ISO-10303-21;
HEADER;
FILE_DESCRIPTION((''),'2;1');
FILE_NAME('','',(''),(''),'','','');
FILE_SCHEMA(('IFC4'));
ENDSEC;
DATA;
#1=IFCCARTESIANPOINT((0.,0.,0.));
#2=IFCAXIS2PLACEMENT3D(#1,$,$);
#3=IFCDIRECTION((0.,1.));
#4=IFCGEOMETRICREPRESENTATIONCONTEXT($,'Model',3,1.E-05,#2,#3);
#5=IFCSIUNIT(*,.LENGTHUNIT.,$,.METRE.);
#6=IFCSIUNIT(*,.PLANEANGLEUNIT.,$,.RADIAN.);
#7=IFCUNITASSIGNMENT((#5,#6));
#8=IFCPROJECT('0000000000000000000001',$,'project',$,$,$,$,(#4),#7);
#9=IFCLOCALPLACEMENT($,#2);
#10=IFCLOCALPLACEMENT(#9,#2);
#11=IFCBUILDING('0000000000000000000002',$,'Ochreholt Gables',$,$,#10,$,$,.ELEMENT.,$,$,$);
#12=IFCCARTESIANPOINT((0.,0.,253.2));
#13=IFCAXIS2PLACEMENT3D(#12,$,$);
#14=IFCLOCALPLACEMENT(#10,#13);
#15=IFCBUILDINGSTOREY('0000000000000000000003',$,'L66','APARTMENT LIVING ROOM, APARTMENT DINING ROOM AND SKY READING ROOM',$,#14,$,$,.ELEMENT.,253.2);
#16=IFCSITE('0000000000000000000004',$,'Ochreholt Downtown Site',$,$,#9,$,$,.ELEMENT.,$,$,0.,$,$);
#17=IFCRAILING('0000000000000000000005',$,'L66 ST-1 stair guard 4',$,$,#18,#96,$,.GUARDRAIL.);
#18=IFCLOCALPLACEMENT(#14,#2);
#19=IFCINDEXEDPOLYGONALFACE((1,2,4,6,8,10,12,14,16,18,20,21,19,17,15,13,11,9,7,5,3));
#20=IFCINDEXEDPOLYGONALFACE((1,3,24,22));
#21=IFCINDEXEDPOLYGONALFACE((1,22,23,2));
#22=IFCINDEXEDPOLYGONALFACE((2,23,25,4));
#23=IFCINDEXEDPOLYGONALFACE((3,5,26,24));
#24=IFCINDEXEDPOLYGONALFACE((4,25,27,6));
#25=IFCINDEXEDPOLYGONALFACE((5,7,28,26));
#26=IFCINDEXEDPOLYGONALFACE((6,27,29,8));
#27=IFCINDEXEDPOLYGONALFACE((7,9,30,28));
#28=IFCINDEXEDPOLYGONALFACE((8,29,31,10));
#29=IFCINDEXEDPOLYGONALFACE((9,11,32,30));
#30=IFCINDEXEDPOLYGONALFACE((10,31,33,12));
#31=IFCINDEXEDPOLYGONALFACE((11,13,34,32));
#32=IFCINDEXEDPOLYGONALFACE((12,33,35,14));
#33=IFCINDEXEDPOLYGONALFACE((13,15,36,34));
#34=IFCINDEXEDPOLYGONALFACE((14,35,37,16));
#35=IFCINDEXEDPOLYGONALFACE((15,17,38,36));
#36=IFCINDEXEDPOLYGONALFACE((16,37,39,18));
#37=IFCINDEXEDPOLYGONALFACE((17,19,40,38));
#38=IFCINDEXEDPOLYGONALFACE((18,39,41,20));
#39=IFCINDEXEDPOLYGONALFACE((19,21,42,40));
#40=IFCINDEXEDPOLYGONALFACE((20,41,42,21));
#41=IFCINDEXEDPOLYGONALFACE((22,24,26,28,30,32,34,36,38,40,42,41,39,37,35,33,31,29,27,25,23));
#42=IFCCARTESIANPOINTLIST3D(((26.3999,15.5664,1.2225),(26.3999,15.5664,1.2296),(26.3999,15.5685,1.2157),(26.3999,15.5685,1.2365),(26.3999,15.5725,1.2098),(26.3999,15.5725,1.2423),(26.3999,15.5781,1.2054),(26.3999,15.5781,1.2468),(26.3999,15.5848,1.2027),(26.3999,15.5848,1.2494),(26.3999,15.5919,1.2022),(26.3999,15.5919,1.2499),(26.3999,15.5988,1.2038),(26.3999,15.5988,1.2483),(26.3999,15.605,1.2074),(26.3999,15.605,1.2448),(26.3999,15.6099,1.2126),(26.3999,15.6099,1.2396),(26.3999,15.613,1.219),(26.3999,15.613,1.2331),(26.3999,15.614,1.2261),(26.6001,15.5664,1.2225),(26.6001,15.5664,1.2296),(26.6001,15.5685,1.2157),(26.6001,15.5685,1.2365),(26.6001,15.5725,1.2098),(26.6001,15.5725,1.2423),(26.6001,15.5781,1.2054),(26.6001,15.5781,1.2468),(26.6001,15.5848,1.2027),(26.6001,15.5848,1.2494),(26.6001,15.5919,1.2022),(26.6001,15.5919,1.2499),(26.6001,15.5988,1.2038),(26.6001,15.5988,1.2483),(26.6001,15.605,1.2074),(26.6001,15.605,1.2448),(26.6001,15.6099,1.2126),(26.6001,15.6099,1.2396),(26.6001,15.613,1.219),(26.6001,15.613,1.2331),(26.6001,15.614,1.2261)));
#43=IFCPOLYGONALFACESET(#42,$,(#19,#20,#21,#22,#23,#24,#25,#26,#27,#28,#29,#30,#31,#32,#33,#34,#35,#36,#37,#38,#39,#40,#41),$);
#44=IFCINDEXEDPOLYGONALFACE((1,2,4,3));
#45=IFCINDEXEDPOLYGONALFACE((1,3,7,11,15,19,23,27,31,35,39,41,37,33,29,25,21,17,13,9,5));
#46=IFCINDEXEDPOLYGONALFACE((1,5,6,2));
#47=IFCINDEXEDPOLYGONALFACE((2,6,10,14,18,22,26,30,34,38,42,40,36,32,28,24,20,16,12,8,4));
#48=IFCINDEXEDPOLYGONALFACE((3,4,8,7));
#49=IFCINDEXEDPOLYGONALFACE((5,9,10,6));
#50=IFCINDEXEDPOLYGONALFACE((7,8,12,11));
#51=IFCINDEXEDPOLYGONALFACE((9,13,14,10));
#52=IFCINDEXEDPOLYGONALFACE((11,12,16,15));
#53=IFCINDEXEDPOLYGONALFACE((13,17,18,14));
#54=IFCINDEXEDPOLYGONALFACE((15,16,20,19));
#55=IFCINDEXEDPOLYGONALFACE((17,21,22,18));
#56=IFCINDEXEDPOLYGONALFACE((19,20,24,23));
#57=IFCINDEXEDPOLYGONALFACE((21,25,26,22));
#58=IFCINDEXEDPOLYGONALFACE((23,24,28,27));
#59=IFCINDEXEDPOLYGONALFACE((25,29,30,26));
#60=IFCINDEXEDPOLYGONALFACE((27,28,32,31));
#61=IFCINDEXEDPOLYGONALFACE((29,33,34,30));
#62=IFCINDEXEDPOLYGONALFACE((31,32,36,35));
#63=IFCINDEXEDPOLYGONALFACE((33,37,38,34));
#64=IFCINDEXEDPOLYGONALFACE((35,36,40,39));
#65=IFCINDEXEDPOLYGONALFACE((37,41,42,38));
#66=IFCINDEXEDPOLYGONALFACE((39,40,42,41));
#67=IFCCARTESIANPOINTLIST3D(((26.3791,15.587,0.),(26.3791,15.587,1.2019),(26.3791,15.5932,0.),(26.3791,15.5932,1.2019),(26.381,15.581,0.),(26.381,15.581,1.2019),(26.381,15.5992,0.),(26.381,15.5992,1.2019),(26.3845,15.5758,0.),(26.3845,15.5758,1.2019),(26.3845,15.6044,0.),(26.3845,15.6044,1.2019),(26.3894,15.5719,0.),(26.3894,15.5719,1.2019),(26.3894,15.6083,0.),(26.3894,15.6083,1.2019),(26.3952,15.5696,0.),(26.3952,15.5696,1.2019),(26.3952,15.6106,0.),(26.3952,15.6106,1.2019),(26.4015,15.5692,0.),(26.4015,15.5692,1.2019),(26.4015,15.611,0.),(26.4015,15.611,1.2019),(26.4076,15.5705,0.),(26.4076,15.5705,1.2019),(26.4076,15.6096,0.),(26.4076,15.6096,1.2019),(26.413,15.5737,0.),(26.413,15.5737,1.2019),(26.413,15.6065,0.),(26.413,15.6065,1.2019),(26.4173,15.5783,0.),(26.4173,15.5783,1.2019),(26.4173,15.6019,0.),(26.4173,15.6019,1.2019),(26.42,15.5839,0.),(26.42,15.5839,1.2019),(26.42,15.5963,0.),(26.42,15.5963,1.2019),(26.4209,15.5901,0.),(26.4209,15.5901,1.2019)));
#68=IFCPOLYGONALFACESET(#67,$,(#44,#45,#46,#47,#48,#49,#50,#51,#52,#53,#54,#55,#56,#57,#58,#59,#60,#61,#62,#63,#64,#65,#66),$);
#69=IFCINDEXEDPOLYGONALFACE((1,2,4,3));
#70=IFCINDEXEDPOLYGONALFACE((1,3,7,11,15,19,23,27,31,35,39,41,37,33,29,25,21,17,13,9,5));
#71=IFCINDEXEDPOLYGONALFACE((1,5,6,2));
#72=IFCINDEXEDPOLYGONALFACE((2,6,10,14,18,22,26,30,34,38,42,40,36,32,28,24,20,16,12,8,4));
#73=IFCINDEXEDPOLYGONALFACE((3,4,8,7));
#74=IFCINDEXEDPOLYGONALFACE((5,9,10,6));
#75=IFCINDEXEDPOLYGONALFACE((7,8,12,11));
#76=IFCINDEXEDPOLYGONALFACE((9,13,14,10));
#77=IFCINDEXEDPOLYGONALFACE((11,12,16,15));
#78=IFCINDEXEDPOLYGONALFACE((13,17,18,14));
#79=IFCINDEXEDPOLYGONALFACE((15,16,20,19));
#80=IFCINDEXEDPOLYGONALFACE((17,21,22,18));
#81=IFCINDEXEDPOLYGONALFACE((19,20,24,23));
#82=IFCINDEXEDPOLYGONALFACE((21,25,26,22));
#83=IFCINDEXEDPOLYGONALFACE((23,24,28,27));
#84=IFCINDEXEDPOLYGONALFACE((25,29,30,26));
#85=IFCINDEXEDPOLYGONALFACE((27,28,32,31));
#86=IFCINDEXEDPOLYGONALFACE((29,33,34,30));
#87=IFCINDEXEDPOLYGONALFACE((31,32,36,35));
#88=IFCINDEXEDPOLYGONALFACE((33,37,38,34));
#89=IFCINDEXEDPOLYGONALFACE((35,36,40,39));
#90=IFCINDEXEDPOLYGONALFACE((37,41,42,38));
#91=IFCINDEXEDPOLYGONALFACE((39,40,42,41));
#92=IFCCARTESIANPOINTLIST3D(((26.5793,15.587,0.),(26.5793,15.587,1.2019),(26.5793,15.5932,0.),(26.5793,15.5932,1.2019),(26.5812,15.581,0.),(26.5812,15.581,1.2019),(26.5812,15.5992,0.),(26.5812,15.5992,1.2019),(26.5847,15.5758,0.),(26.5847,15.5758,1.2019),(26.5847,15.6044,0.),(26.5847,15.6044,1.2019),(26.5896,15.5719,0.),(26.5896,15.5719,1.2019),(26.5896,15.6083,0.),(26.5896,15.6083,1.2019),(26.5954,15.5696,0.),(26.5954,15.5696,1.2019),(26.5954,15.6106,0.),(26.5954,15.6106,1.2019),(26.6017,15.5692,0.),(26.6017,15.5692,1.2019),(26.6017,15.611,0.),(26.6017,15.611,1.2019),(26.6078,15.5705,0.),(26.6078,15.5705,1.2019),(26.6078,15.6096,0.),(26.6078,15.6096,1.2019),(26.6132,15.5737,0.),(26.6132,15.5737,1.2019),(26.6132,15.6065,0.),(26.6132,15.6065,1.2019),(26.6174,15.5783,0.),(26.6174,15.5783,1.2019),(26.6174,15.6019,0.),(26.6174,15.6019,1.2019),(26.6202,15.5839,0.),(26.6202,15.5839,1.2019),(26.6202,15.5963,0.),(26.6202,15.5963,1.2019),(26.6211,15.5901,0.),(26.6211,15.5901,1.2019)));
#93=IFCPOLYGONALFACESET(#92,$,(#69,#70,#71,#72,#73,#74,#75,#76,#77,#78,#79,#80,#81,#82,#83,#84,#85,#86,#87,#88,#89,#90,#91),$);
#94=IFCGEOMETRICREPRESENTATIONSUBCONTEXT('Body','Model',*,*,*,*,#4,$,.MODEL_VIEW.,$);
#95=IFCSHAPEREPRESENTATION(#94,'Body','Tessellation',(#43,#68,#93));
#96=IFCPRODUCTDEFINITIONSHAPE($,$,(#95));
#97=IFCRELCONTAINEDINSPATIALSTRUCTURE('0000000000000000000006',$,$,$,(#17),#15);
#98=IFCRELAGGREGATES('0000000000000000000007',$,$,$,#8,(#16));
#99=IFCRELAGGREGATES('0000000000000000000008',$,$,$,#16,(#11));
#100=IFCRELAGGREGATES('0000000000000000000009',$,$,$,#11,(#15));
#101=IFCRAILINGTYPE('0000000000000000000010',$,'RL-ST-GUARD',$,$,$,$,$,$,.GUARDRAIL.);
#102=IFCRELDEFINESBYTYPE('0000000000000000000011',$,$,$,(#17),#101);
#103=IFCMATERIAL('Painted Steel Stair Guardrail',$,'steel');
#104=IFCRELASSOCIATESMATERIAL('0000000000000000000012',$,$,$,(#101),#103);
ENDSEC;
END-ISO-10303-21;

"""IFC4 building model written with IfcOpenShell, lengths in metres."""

from ifc_helpers import new_model, si_unit, direction, frame, origin, origin_2d, place, context, subcontext, project, spatial, circle, extrude, material, type_object, element, save


model = new_model("IFC4")

# Units and contexts
model_context = context("Model", 3, precision=1e-05, world=origin(), true_north=direction((0.0, 1.0)))
body_context = subcontext(model_context, "Body", "Model", "MODEL_VIEW")
ifc_project = project(units=[si_unit("LENGTHUNIT", "METRE"), si_unit("PLANEANGLEUNIT", "RADIAN")], contexts=[model_context])

# Site, building, storey
site_placement = place(None, origin())
site = spatial("IfcSite", under=ifc_project, at=site_placement, Name="Ochreholt Downtown Site", CompositionType="ELEMENT", RefElevation=0.0)
building_placement = place(site_placement, origin())
building = spatial("IfcBuilding", under=site, at=building_placement, Name="Ochreholt Gables", CompositionType="ELEMENT")
storey_placement = place(building_placement, frame((0.0, 0.0, 253.2)))
storey = spatial("IfcBuildingStorey", under=building, at=storey_placement, Name="L66", Description="APARTMENT LIVING ROOM, APARTMENT DINING ROOM AND SKY READING ROOM", CompositionType="ELEMENT", Elevation=253.2)

# Railing
ifc_material_1 = material(Name="Painted Steel Stair Guardrail", Category="steel")
railing_type_1 = type_object("IfcRailingType", Name="RL-ST-GUARD", PredefinedType="GUARDRAIL", material=ifc_material_1)
railing_1_placement = place(storey_placement, frame((26.3999, 15.5901, 0.0)))
element("IfcRailing", 1, at=railing_1_placement, inside=storey, type_object=railing_type_1, Name="L66 ST-1 stair guard 4", PredefinedType="GUARDRAIL", context=body_context, shape_type="SweptSolid", body=[
    extrude(circle(Radius=0.0239, at=origin_2d()), frame((0.0, 0.0, 1.2261), z_axis=(1.0, 0.0, 0.0), x_axis=(0.0, 1.0, 0.0)), (0.0, 0.0, 1.0), 0.2002),
    extrude(circle(Radius=0.021, at=origin_2d()), origin(), (0.0, 0.0, 1.0), 1.2019),
    extrude(circle(Radius=0.021, at=origin_2d()), frame((0.2002, 0.0, 0.0)), (0.0, 0.0, 1.0), 1.2019),
])

save(model, "model.ifc")
